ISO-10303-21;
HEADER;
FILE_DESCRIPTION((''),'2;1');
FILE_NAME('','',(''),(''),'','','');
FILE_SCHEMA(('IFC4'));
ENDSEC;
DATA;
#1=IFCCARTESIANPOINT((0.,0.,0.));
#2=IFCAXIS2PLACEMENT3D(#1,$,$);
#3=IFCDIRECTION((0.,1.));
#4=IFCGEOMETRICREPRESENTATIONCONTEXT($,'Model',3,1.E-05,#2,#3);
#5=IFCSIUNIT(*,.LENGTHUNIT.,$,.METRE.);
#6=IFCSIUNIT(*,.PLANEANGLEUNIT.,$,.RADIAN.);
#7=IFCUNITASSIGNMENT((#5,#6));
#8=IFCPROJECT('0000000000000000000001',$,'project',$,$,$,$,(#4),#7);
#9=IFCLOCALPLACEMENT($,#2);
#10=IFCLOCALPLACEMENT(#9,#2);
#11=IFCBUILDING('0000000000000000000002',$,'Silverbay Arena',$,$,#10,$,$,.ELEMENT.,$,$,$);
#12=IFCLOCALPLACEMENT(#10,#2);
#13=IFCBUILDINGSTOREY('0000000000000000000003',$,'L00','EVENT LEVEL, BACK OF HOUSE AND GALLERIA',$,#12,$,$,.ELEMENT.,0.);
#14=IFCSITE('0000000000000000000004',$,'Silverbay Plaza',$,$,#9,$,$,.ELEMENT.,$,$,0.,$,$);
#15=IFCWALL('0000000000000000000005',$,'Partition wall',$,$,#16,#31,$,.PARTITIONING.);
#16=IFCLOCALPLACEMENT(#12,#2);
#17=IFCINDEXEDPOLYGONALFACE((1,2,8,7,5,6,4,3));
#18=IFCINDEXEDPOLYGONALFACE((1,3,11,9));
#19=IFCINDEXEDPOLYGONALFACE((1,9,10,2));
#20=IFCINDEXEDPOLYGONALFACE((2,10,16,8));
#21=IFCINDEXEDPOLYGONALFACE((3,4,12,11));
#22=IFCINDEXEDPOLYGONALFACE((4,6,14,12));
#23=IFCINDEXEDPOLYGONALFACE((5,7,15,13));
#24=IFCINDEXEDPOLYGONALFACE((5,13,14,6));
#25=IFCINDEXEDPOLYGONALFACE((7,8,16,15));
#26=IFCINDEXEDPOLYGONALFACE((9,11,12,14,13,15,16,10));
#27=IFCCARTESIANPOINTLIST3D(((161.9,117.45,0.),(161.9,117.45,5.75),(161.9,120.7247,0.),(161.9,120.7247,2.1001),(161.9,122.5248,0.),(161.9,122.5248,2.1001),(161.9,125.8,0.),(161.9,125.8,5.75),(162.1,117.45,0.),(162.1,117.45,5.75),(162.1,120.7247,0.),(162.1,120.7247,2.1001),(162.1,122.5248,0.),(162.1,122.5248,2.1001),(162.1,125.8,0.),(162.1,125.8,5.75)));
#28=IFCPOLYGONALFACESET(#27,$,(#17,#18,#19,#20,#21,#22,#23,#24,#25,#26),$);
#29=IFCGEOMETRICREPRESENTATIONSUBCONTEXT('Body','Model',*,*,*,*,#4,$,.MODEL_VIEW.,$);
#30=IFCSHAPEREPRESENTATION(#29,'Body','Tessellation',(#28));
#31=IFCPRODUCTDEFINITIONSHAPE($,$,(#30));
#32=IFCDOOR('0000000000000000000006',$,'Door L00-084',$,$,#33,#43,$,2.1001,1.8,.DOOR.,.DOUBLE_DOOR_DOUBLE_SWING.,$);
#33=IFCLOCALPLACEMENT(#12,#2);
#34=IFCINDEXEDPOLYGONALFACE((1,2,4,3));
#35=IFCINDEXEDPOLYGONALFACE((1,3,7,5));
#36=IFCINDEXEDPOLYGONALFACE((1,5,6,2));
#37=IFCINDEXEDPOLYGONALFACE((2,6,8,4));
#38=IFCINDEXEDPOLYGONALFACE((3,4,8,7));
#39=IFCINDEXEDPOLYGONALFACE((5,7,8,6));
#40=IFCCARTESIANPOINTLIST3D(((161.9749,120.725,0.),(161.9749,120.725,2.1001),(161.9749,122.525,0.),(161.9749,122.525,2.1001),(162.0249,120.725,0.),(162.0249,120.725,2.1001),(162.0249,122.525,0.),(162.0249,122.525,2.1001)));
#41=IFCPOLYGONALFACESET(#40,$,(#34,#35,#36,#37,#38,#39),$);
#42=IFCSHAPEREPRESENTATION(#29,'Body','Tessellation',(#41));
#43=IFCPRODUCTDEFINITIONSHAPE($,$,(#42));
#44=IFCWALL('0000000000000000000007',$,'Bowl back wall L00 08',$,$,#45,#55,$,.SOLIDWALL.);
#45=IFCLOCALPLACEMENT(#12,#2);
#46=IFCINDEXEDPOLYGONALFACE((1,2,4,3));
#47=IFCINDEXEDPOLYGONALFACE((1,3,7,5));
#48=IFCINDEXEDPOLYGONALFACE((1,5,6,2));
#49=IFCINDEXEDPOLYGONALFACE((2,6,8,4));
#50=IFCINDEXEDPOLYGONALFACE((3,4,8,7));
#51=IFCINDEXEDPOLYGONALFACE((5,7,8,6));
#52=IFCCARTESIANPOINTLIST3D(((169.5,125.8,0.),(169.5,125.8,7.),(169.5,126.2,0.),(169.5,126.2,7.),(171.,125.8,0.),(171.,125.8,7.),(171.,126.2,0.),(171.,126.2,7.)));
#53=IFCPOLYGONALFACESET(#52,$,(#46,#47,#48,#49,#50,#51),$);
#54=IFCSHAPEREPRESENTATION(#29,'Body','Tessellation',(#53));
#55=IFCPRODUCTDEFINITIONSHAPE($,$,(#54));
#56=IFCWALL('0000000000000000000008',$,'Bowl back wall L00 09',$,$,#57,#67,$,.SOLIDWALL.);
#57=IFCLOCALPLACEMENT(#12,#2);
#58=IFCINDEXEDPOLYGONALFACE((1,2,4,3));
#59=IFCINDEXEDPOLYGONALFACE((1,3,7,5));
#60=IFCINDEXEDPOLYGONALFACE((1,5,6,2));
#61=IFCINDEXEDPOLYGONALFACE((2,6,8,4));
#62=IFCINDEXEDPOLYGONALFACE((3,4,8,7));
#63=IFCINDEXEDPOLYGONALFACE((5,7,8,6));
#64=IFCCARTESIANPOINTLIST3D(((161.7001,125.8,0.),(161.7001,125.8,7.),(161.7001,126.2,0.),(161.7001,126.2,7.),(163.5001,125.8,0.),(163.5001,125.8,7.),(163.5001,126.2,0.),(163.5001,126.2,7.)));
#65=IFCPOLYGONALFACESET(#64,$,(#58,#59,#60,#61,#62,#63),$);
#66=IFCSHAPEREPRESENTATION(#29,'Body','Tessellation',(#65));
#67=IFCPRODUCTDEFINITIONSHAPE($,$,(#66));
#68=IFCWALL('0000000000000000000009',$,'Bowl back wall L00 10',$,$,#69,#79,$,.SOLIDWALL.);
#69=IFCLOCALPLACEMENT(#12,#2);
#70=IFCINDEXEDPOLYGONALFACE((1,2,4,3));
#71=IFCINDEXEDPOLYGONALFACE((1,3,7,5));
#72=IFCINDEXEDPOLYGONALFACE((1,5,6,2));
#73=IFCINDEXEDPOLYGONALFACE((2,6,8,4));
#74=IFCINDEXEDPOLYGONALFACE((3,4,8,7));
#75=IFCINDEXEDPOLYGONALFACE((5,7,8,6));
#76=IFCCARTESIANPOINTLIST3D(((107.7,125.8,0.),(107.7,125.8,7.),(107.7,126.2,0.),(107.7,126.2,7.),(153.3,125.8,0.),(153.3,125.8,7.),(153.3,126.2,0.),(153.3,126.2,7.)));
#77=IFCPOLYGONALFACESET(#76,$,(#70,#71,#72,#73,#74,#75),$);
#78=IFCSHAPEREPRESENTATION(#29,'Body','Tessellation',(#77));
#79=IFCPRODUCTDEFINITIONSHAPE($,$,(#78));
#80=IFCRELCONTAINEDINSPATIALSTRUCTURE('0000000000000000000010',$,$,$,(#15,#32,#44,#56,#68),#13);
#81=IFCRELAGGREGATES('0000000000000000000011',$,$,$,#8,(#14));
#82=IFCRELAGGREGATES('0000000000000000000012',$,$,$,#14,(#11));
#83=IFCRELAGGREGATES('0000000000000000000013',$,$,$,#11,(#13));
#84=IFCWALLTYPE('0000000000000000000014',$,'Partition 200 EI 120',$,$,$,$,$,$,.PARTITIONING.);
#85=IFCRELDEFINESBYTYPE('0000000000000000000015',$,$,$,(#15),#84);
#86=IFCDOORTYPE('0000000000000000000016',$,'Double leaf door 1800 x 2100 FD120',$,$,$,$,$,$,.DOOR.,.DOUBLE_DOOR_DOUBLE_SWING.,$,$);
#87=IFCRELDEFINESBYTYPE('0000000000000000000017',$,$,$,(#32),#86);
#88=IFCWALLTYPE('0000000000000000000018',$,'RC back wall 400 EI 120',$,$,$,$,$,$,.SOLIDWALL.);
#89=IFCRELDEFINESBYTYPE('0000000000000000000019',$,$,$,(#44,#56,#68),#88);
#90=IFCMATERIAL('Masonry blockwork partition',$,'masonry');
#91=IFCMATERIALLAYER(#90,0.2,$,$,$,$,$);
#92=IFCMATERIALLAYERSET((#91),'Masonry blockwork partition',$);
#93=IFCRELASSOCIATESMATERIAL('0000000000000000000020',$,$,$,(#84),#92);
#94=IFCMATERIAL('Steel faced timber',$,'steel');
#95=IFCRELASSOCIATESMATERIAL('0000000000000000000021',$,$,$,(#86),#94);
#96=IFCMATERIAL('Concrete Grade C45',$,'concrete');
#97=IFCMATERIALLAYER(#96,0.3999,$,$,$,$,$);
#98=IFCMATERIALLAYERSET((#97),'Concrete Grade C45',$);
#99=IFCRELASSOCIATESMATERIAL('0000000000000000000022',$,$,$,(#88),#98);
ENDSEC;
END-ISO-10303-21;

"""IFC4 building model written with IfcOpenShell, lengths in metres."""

from ifc_helpers import new_model, si_unit, direction, frame, frame_2d, origin, place, context, subcontext, project, spatial, rectangle, extrude, material, layer, layer_set, type_object, element, fill, save


model = new_model("IFC4")

# Units and contexts
model_context = context("Model", 3, precision=1e-05, world=origin(), true_north=direction((0.0, 1.0)))
body_context = subcontext(model_context, "Body", "Model", "MODEL_VIEW")
ifc_project = project(units=[si_unit("LENGTHUNIT", "METRE"), si_unit("PLANEANGLEUNIT", "RADIAN")], contexts=[model_context])

# Site, building, storey
site_placement = place(None, origin())
site = spatial("IfcSite", under=ifc_project, at=site_placement, Name="Silverbay Plaza", CompositionType="ELEMENT", RefElevation=0.0)
building_placement = place(site_placement, origin())
building = spatial("IfcBuilding", under=site, at=building_placement, Name="Silverbay Arena", CompositionType="ELEMENT")
storey_placement = place(building_placement, origin())
storey = spatial("IfcBuildingStorey", under=building, at=storey_placement, Name="L00", Description="EVENT LEVEL, BACK OF HOUSE AND GALLERIA", CompositionType="ELEMENT", Elevation=0.0)

# Wall, opening, door
ifc_material_1 = material(Name="Masonry blockwork partition", Category="masonry")
ifc_layer_1 = layer(ifc_material_1, 0.2)
ifc_layer_set_1 = layer_set([ifc_layer_1], Name="Masonry blockwork partition")
wall_type_1 = type_object("IfcWallType", Name="Partition 200 EI 120", PredefinedType="PARTITIONING", material=ifc_layer_set_1)
wall_1_placement = place(storey_placement, frame((162.0, 117.45, 0.0), z_axis=(0.0, 0.0, 1.0), x_axis=(0.0, 1.0, 0.0)))
wall_1 = element("IfcWall", 1, at=wall_1_placement, inside=storey, type_object=wall_type_1, Name="Partition wall", PredefinedType="PARTITIONING", context=body_context, shape_type="SweptSolid", body=[
    extrude(rectangle(XDim=8.3501, YDim=0.2, at=frame_2d((4.175, 0.0))), origin(), (0.0, 0.0, 1.0), 5.75),
])
opening_1_placement = place(wall_1_placement, frame((3.2749, 0.0, 0.0)))
opening_1 = element("IfcOpeningElement", 2, at=opening_1_placement, cuts=wall_1, PredefinedType="OPENING", context=body_context, shape_type="SweptSolid", body=[
    extrude(rectangle(XDim=1.8, YDim=2.1001, at=frame_2d((0.8999, 1.05))), frame((0.0, 0.1099, 0.0), z_axis=(0.0, -1.0, 0.0), x_axis=(1.0, 0.0, 0.0)), (0.0, 0.0, 1.0), 0.22),
])
ifc_material_2 = material(Name="Steel faced timber", Category="steel")
door_type_1 = type_object("IfcDoorType", Name="Double leaf door 1800 x 2100 FD120", OperationType="DOUBLE_DOOR_DOUBLE_SWING", PredefinedType="DOOR", material=ifc_material_2)
door_1_placement = place(opening_1_placement, frame((1.8, 0.0, 0.0), z_axis=(0.0, 0.0, 1.0), x_axis=(-1.0, 0.0, 0.0)))
door_1 = element("IfcDoor", 3, at=door_1_placement, inside=storey, type_object=door_type_1, Name="Door L00-084", OperationType="DOUBLE_DOOR_DOUBLE_SWING", OverallHeight=2.1001, OverallWidth=1.8, PredefinedType="DOOR", context=body_context, shape_type="SweptSolid", body=[
    extrude(rectangle(XDim=1.8, YDim=2.1001, at=frame_2d((0.8999, 1.05))), frame((0.0, 0.0249, 0.0), z_axis=(0.0, -1.0, 0.0), x_axis=(1.0, 0.0, 0.0)), (0.0, 0.0, 1.0), 0.05),
])
fill(opening_1, door_1)

# Walls
ifc_material_3 = material(Name="Concrete Grade C45", Category="concrete")
ifc_layer_2 = layer(ifc_material_3, 0.3999)
ifc_layer_set_2 = layer_set([ifc_layer_2], Name="Concrete Grade C45")
wall_type_2 = type_object("IfcWallType", Name="RC back wall 400 EI 120", PredefinedType="SOLIDWALL", material=ifc_layer_set_2)
wall_2_placement = place(storey_placement, frame((171.0, 126.0, 0.0), z_axis=(0.0, 0.0, 1.0), x_axis=(-1.0, 0.0, 0.0)))
element("IfcWall", 4, at=wall_2_placement, inside=storey, type_object=wall_type_2, Name="Bowl back wall L00 08", PredefinedType="SOLIDWALL", context=body_context, shape_type="SweptSolid", body=[
    extrude(rectangle(XDim=1.5, YDim=0.3999, at=frame_2d((0.75, 0.0))), origin(), (0.0, 0.0, 1.0), 7.0),
])
wall_3_placement = place(storey_placement, frame((163.5, 126.0, 0.0), z_axis=(0.0, 0.0, 1.0), x_axis=(-1.0, 0.0, 0.0)))
element("IfcWall", 5, at=wall_3_placement, inside=storey, type_object=wall_type_2, Name="Bowl back wall L00 09", PredefinedType="SOLIDWALL", context=body_context, shape_type="SweptSolid", body=[
    extrude(rectangle(XDim=1.8, YDim=0.3999, at=frame_2d((0.8999, 0.0))), origin(), (0.0, 0.0, 1.0), 7.0),
])
wall_4_placement = place(storey_placement, frame((153.3, 126.0, 0.0), z_axis=(0.0, 0.0, 1.0), x_axis=(-1.0, 0.0, 0.0)))
element("IfcWall", 6, at=wall_4_placement, inside=storey, type_object=wall_type_2, Name="Bowl back wall L00 10", PredefinedType="SOLIDWALL", context=body_context, shape_type="SweptSolid", body=[
    extrude(rectangle(XDim=45.6001, YDim=0.3999, at=frame_2d((22.8, 0.0))), origin(), (0.0, 0.0, 1.0), 7.0),
])

save(model, "model.ifc")
